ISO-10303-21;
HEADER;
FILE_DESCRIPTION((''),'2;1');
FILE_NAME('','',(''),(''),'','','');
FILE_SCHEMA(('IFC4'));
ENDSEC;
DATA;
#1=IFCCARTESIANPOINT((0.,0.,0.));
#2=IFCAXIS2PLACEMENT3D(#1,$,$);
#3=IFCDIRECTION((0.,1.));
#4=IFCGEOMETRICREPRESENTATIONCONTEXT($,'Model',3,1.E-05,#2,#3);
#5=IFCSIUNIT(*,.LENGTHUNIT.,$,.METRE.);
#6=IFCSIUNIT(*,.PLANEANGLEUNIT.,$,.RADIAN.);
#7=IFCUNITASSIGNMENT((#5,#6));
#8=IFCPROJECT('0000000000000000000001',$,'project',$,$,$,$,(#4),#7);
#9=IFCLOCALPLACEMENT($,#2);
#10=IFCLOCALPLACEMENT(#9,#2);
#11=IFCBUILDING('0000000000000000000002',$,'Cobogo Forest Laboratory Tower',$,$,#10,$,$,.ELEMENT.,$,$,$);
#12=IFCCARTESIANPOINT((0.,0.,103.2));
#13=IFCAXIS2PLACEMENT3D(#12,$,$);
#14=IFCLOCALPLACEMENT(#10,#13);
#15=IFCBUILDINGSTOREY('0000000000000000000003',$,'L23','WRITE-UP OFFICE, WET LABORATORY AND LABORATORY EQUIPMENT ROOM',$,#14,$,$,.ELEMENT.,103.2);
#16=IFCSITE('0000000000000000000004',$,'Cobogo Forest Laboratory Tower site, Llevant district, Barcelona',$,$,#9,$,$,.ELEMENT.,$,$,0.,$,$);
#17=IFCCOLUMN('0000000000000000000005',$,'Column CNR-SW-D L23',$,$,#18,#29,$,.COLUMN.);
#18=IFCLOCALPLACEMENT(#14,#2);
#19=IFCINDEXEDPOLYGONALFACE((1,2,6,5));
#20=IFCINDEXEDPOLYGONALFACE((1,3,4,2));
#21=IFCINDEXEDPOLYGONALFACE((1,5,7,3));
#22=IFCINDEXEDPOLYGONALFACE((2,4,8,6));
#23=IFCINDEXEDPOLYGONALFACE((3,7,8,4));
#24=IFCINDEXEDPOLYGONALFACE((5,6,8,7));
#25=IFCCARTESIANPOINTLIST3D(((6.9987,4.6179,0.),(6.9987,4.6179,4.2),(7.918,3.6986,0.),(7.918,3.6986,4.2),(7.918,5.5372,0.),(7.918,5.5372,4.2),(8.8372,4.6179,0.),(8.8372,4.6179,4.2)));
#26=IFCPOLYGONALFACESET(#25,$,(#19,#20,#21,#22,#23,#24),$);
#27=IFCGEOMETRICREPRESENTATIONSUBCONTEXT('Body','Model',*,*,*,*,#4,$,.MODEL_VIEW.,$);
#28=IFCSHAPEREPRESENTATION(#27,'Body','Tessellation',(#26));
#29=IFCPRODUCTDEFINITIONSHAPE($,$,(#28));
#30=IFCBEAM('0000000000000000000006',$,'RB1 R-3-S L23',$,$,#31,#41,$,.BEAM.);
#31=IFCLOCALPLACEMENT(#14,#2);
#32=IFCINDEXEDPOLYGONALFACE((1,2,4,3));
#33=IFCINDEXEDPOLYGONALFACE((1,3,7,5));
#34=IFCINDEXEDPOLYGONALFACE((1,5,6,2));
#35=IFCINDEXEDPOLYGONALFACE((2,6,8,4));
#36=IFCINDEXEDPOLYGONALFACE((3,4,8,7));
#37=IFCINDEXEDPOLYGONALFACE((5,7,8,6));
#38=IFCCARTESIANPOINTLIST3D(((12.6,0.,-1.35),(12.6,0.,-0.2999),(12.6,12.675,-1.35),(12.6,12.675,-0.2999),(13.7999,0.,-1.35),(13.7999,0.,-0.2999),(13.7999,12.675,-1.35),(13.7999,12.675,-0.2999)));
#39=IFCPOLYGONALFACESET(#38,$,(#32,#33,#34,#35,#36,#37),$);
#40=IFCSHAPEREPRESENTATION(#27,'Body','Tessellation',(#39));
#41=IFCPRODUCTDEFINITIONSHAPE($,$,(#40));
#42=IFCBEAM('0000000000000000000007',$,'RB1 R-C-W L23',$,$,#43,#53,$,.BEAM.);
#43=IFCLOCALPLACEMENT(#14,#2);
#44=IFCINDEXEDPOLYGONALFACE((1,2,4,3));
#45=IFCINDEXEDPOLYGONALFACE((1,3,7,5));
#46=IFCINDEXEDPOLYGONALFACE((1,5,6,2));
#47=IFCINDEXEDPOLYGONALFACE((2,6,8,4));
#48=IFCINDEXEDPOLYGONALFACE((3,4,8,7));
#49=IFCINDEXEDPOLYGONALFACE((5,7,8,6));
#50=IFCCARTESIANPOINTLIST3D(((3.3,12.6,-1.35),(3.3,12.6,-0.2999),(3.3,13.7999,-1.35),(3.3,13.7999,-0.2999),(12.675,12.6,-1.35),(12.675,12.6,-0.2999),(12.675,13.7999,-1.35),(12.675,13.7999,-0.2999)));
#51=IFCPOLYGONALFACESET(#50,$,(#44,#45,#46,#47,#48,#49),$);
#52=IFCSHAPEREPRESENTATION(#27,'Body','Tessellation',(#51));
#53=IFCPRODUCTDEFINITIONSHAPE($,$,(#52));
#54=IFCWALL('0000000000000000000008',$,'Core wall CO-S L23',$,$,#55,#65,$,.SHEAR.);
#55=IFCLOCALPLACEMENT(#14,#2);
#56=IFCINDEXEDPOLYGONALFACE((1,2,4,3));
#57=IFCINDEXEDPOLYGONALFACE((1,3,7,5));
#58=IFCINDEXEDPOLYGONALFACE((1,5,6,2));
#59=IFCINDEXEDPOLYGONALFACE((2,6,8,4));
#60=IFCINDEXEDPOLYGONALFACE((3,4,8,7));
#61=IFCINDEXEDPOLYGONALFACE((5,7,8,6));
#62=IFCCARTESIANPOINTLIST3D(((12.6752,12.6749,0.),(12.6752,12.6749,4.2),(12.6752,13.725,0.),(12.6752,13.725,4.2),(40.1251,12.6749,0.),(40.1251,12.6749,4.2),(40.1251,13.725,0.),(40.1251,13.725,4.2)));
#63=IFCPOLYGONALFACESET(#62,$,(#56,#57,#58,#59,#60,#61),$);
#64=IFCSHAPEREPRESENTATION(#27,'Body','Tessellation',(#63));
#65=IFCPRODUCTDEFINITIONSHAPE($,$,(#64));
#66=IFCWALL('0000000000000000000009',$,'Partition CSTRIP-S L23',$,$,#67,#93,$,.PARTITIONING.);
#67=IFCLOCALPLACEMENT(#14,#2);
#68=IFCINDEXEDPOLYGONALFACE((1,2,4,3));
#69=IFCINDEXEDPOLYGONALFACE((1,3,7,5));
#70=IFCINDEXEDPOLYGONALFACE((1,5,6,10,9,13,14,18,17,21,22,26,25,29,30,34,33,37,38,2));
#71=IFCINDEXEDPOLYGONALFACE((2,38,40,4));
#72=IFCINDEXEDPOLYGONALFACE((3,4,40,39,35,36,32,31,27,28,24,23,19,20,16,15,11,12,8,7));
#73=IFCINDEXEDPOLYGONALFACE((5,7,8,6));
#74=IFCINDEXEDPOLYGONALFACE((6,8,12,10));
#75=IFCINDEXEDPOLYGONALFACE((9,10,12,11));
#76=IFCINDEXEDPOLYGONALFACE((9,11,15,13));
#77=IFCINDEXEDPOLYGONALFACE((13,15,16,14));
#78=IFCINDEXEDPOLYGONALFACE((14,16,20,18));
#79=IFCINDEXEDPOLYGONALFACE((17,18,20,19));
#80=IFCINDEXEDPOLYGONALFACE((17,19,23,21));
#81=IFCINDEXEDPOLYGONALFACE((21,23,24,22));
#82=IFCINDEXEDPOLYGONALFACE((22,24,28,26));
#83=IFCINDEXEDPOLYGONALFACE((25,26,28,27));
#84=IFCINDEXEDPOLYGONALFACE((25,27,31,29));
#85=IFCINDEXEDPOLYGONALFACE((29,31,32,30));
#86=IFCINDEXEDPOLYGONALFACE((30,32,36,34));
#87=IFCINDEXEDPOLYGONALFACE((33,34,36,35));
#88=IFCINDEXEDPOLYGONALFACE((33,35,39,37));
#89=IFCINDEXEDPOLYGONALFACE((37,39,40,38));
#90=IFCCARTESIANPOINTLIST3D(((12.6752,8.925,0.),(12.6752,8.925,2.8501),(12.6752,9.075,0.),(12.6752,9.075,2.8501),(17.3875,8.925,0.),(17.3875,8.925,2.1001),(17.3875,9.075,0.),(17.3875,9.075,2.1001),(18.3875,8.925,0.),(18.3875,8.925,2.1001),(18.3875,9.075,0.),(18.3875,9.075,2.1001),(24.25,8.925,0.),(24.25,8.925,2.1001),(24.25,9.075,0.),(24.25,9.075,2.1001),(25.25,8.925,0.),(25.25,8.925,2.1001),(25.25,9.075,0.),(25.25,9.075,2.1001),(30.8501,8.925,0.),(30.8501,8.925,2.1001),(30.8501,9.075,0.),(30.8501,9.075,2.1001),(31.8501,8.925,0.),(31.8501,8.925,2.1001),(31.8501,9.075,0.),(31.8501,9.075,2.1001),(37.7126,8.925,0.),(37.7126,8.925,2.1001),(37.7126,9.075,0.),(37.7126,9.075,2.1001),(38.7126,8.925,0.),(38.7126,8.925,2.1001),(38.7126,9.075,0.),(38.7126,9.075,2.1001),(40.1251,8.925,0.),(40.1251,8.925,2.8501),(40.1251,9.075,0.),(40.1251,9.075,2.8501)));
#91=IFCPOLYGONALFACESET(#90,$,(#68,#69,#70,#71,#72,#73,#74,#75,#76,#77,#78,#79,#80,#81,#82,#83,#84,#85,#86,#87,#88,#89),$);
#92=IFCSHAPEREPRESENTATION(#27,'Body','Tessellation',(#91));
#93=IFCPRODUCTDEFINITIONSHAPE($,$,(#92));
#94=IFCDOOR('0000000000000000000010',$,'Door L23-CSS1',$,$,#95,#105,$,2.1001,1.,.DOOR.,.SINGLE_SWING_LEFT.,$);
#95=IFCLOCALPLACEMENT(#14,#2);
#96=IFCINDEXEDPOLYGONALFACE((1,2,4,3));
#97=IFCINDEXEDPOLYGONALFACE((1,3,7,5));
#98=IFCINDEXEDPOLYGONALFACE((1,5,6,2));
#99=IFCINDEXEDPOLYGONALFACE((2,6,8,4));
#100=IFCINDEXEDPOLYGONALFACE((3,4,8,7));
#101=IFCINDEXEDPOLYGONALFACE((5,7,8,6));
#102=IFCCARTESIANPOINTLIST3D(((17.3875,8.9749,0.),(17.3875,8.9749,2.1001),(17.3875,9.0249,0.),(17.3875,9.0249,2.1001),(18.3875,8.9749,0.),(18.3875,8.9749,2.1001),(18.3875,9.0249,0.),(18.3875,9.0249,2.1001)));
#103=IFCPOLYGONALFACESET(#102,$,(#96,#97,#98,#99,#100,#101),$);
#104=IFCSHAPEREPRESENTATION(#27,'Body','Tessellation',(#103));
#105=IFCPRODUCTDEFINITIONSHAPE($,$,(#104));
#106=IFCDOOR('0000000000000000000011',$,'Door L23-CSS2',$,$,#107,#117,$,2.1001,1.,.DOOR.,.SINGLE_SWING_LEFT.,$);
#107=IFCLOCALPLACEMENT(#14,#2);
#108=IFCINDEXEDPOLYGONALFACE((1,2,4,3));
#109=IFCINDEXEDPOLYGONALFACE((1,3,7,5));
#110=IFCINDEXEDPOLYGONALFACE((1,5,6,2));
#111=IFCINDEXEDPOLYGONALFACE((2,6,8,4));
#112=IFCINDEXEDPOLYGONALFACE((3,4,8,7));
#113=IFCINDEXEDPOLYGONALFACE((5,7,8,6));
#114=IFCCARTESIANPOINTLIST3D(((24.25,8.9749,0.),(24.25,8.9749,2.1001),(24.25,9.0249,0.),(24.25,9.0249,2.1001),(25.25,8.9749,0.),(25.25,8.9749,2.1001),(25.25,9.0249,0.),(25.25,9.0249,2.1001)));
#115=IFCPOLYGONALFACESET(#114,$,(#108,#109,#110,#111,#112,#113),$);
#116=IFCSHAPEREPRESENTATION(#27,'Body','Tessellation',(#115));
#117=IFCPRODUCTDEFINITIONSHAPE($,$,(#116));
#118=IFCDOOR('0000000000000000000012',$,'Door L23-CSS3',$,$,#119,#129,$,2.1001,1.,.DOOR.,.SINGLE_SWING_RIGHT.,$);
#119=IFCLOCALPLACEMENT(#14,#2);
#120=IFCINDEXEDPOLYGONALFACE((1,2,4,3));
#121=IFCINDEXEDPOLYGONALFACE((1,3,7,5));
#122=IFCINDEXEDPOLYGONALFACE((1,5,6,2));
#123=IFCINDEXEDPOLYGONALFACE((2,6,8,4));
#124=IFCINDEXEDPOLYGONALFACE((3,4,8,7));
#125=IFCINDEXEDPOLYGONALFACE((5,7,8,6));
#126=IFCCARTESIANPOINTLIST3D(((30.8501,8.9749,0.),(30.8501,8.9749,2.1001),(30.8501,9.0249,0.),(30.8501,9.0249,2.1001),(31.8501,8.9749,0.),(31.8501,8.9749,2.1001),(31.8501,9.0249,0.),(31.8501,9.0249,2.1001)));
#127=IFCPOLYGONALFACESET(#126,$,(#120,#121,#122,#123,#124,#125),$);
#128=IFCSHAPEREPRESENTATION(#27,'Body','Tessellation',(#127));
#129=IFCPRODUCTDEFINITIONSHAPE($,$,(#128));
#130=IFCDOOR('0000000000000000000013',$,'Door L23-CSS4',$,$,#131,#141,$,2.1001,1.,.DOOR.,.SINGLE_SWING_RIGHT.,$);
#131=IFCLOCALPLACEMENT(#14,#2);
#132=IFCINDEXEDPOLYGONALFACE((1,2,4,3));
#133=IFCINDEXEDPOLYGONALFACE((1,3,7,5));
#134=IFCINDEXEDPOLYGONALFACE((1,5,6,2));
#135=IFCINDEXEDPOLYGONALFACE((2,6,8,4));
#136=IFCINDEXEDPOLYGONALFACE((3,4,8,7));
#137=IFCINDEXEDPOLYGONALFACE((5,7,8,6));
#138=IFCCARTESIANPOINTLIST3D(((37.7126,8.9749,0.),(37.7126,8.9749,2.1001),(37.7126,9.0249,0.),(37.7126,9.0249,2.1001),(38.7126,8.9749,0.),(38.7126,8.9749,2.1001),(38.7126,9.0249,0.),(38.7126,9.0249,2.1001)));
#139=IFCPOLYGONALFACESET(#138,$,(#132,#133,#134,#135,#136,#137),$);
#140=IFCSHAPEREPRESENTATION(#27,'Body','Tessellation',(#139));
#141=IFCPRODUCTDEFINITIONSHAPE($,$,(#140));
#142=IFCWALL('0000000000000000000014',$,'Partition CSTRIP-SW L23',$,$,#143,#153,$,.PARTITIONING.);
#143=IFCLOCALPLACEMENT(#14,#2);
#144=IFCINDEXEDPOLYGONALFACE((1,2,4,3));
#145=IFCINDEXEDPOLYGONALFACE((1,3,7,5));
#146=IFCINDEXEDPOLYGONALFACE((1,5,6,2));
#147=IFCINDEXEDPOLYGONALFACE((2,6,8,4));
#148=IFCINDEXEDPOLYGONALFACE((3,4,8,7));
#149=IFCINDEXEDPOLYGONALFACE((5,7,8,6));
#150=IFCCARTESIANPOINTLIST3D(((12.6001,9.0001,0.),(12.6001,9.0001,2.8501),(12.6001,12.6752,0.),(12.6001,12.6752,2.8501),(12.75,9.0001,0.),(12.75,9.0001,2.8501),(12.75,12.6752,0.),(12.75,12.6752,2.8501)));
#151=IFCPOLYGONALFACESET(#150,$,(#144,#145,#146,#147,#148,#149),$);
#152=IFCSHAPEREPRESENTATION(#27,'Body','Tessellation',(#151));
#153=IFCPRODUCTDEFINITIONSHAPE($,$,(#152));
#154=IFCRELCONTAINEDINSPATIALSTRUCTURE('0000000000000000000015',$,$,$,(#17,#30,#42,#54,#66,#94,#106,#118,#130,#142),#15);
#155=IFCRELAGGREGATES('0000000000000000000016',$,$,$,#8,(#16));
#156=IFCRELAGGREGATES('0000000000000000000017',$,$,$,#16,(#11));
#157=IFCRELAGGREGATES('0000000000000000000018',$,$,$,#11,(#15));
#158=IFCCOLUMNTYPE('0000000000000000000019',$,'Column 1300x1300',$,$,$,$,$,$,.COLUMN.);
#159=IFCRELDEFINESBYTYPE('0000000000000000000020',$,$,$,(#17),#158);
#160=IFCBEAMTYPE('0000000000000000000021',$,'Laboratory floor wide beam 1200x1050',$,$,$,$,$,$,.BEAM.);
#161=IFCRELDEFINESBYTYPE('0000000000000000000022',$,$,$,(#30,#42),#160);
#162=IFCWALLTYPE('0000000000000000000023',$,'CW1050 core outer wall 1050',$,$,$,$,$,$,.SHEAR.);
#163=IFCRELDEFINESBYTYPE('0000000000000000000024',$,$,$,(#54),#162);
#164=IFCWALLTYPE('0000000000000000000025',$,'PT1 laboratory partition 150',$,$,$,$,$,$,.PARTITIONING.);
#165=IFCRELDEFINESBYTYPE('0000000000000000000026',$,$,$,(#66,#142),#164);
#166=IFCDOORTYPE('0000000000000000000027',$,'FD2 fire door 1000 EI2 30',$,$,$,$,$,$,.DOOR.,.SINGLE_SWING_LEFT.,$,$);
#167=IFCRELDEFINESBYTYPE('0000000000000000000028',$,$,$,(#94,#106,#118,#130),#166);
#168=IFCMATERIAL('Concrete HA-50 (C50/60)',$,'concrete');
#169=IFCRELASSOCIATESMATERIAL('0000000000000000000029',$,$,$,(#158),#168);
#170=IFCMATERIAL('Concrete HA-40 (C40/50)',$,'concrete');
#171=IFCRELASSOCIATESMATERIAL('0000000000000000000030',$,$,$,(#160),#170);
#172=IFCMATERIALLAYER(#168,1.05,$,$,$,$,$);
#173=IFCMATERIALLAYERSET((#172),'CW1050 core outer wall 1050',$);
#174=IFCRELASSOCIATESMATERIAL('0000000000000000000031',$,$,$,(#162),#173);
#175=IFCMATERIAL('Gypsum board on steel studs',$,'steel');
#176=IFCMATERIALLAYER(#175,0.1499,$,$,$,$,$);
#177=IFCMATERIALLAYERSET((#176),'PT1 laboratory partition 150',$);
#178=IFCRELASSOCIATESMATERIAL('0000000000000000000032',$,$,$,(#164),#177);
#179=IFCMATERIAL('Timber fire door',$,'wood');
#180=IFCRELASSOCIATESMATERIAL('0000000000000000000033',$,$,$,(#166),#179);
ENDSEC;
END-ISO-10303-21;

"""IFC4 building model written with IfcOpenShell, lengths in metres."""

from ifc_helpers import new_model, si_unit, direction, frame, frame_2d, origin, origin_2d, place, context, subcontext, project, spatial, rectangle, extrude, material, layer, layer_set, material_profile, profile_set, type_object, element, fill, save


model = new_model("IFC4")

# Units and contexts
model_context = context("Model", 3, precision=1e-05, world=origin(), true_north=direction((0.0, 1.0)))
body_context = subcontext(model_context, "Body", "Model", "MODEL_VIEW")
ifc_project = project(units=[si_unit("LENGTHUNIT", "METRE"), si_unit("PLANEANGLEUNIT", "RADIAN")], contexts=[model_context])

# Site, building, storey
site_placement = place(None, origin())
site = spatial("IfcSite", under=ifc_project, at=site_placement, Name="Cobogo Forest Laboratory Tower site, Llevant district, Barcelona", CompositionType="ELEMENT", RefElevation=0.0)
building_placement = place(site_placement, origin())
building = spatial("IfcBuilding", under=site, at=building_placement, Name="Cobogo Forest Laboratory Tower", CompositionType="ELEMENT")
storey_placement = place(building_placement, frame((0.0, 0.0, 103.2)))
storey = spatial("IfcBuildingStorey", under=building, at=storey_placement, Name="L23", Description="WRITE-UP OFFICE, WET LABORATORY AND LABORATORY EQUIPMENT ROOM", CompositionType="ELEMENT", Elevation=103.2)

# Column
ifc_material_1 = material(Name="Concrete HA-50 (C50/60)", Category="concrete")
ifc_material_profile_1 = material_profile(ifc_material_1, rectangle(XDim=1.3, YDim=1.3, at=origin_2d()), Name="RC 1300x1300")
ifc_profile_set_1 = profile_set([ifc_material_profile_1], Name="Concrete HA-50 (C50/60)")
column_type = type_object("IfcColumnType", Name="Column 1300x1300", PredefinedType="COLUMN", material=ifc_profile_set_1)
column_placement = place(storey_placement, frame((7.918, 4.6179, 0.0), z_axis=(0.0, 0.0, 1.0), x_axis=(0.707107, 0.707107, 0.0)))
element("IfcColumn", 1, at=column_placement, inside=storey, type_object=column_type, Name="Column CNR-SW-D L23", PredefinedType="COLUMN", context=body_context, shape_type="SweptSolid", body=[
    extrude(rectangle(XDim=1.3, YDim=1.3, at=origin_2d()), origin(), (0.0, 0.0, 1.0), 4.2),
])

# Beams
ifc_material_2 = material(Name="Concrete HA-40 (C40/50)", Category="concrete")
ifc_material_profile_2 = material_profile(ifc_material_2, rectangle(XDim=1.2, YDim=1.05, at=origin_2d()), Name="RC 1200x1050")
ifc_profile_set_2 = profile_set([ifc_material_profile_2], Name="Concrete HA-40 (C40/50)")
beam_type = type_object("IfcBeamType", Name="Laboratory floor wide beam 1200x1050", PredefinedType="BEAM", material=ifc_profile_set_2)
beam_1_placement = place(storey_placement, frame((13.2, 12.675, -0.825), z_axis=(0.0, -1.0, 0.0), x_axis=(1.0, 0.0, 0.0)))
element("IfcBeam", 2, at=beam_1_placement, inside=storey, type_object=beam_type, Name="RB1 R-3-S L23", PredefinedType="BEAM", context=body_context, shape_type="SweptSolid", body=[
    extrude(rectangle(XDim=1.2, YDim=1.05, at=origin_2d()), origin(), (0.0, 0.0, 1.0), 12.675),
])
beam_2_placement = place(storey_placement, frame((12.675, 13.2, -0.825), z_axis=(-1.0, 0.0, 0.0), x_axis=(0.0, -1.0, 0.0)))
element("IfcBeam", 3, at=beam_2_placement, inside=storey, type_object=beam_type, Name="RB1 R-C-W L23", PredefinedType="BEAM", context=body_context, shape_type="SweptSolid", body=[
    extrude(rectangle(XDim=1.2, YDim=1.05, at=origin_2d()), origin(), (0.0, 0.0, 1.0), 9.375),
])

# Wall
ifc_layer_1 = layer(ifc_material_1, 1.05)
ifc_layer_set_1 = layer_set([ifc_layer_1], Name="CW1050 core outer wall 1050")
wall_type_1 = type_object("IfcWallType", Name="CW1050 core outer wall 1050", PredefinedType="SHEAR", material=ifc_layer_set_1)
wall_1_placement = place(storey_placement, frame((12.675, 13.2, 0.0), z_axis=(0.0, 0.0, 1.0), x_axis=(1.0, 0.0, 0.0)))
element("IfcWall", 4, at=wall_1_placement, inside=storey, type_object=wall_type_1, Name="Core wall CO-S L23", PredefinedType="SHEAR", context=body_context, shape_type="SweptSolid", body=[
    extrude(rectangle(XDim=27.45, YDim=1.05, at=frame_2d((13.7251, 0.0))), origin(), (0.0, 0.0, 1.0), 4.2),
])

# Wall, openings, doors
ifc_material_3 = material(Name="Gypsum board on steel studs", Category="steel")
ifc_layer_2 = layer(ifc_material_3, 0.1499)
ifc_layer_set_2 = layer_set([ifc_layer_2], Name="PT1 laboratory partition 150")
wall_type_2 = type_object("IfcWallType", Name="PT1 laboratory partition 150", PredefinedType="PARTITIONING", material=ifc_layer_set_2)
wall_2_placement = place(storey_placement, frame((12.675, 9.0, 0.0), z_axis=(0.0, 0.0, 1.0), x_axis=(1.0, 0.0, 0.0)))
wall_2 = element("IfcWall", 5, at=wall_2_placement, inside=storey, type_object=wall_type_2, Name="Partition CSTRIP-S L23", PredefinedType="PARTITIONING", context=body_context, shape_type="SweptSolid", body=[
    extrude(rectangle(XDim=27.45, YDim=0.1499, at=frame_2d((13.7251, 0.0))), origin(), (0.0, 0.0, 1.0), 2.8501),
])
opening_1_placement = place(wall_2_placement, frame((4.7124, 0.0, 0.0)))
opening_1 = element("IfcOpeningElement", 6, at=opening_1_placement, cuts=wall_2, PredefinedType="OPENING", context=body_context, shape_type="SweptSolid", body=[
    extrude(rectangle(XDim=1.0, YDim=2.1001, at=frame_2d((0.5, 1.05))), frame((0.0, 0.085, 0.0), z_axis=(0.0, -1.0, 0.0), x_axis=(1.0, 0.0, 0.0)), (0.0, 0.0, 1.0), 0.1699),
])
opening_2_placement = place(wall_2_placement, frame((11.575, 0.0, 0.0)))
opening_2 = element("IfcOpeningElement", 7, at=opening_2_placement, cuts=wall_2, PredefinedType="OPENING", context=body_context, shape_type="SweptSolid", body=[
    extrude(rectangle(XDim=1.0, YDim=2.1001, at=frame_2d((0.5, 1.05))), frame((0.0, 0.085, 0.0), z_axis=(0.0, -1.0, 0.0), x_axis=(1.0, 0.0, 0.0)), (0.0, 0.0, 1.0), 0.1699),
])
opening_3_placement = place(wall_2_placement, frame((18.175, 0.0, 0.0)))
opening_3 = element("IfcOpeningElement", 8, at=opening_3_placement, cuts=wall_2, PredefinedType="OPENING", context=body_context, shape_type="SweptSolid", body=[
    extrude(rectangle(XDim=1.0, YDim=2.1001, at=frame_2d((0.5, 1.05))), frame((0.0, 0.085, 0.0), z_axis=(0.0, -1.0, 0.0), x_axis=(1.0, 0.0, 0.0)), (0.0, 0.0, 1.0), 0.1699),
])
opening_4_placement = place(wall_2_placement, frame((25.0376, 0.0, 0.0)))
opening_4 = element("IfcOpeningElement", 9, at=opening_4_placement, cuts=wall_2, PredefinedType="OPENING", context=body_context, shape_type="SweptSolid", body=[
    extrude(rectangle(XDim=1.0, YDim=2.1001, at=frame_2d((0.5, 1.05))), frame((0.0, 0.085, 0.0), z_axis=(0.0, -1.0, 0.0), x_axis=(1.0, 0.0, 0.0)), (0.0, 0.0, 1.0), 0.1699),
])
ifc_material_4 = material(Name="Timber fire door", Category="wood")
door_type_1 = type_object("IfcDoorType", Name="FD2 fire door 1000 EI2 30", OperationType="SINGLE_SWING_LEFT", PredefinedType="DOOR", material=ifc_material_4)
door_1_placement = place(opening_1_placement, origin())
door_1 = element("IfcDoor", 10, at=door_1_placement, inside=storey, type_object=door_type_1, Name="Door L23-CSS1", OperationType="SINGLE_SWING_LEFT", OverallHeight=2.1001, OverallWidth=1.0, PredefinedType="DOOR", context=body_context, shape_type="SweptSolid", body=[
    extrude(rectangle(XDim=1.0, YDim=2.1001, at=frame_2d((0.5, 1.05))), frame((0.0, 0.0249, 0.0), z_axis=(0.0, -1.0, 0.0), x_axis=(1.0, 0.0, 0.0)), (0.0, 0.0, 1.0), 0.05),
])
fill(opening_1, door_1)
door_2_placement = place(opening_2_placement, origin())
door_2 = element("IfcDoor", 11, at=door_2_placement, inside=storey, type_object=door_type_1, Name="Door L23-CSS2", OperationType="SINGLE_SWING_LEFT", OverallHeight=2.1001, OverallWidth=1.0, PredefinedType="DOOR", context=body_context, shape_type="SweptSolid", body=[
    extrude(rectangle(XDim=1.0, YDim=2.1001, at=frame_2d((0.5, 1.05))), frame((0.0, 0.0249, 0.0), z_axis=(0.0, -1.0, 0.0), x_axis=(1.0, 0.0, 0.0)), (0.0, 0.0, 1.0), 0.05),
])
fill(opening_2, door_2)
door_3_placement = place(opening_3_placement, origin())
door_3 = element("IfcDoor", 12, at=door_3_placement, inside=storey, type_object=door_type_1, Name="Door L23-CSS3", OperationType="SINGLE_SWING_RIGHT", OverallHeight=2.1001, OverallWidth=1.0, PredefinedType="DOOR", context=body_context, shape_type="SweptSolid", body=[
    extrude(rectangle(XDim=1.0, YDim=2.1001, at=frame_2d((0.5, 1.05))), frame((0.0, 0.0249, 0.0), z_axis=(0.0, -1.0, 0.0), x_axis=(1.0, 0.0, 0.0)), (0.0, 0.0, 1.0), 0.05),
])
fill(opening_3, door_3)
door_4_placement = place(opening_4_placement, origin())
door_4 = element("IfcDoor", 13, at=door_4_placement, inside=storey, type_object=door_type_1, Name="Door L23-CSS4", OperationType="SINGLE_SWING_RIGHT", OverallHeight=2.1001, OverallWidth=1.0, PredefinedType="DOOR", context=body_context, shape_type="SweptSolid", body=[
    extrude(rectangle(XDim=1.0, YDim=2.1001, at=frame_2d((0.5, 1.05))), frame((0.0, 0.0249, 0.0), z_axis=(0.0, -1.0, 0.0), x_axis=(1.0, 0.0, 0.0)), (0.0, 0.0, 1.0), 0.05),
])
fill(opening_4, door_4)

# Wall
wall_3_placement = place(storey_placement, frame((12.675, 12.675, 0.0), z_axis=(0.0, 0.0, 1.0), x_axis=(0.0, -1.0, 0.0)))
element("IfcWall", 14, at=wall_3_placement, inside=storey, type_object=wall_type_2, Name="Partition CSTRIP-SW L23", PredefinedType="PARTITIONING", context=body_context, shape_type="SweptSolid", body=[
    extrude(rectangle(XDim=3.675, YDim=0.1499, at=frame_2d((1.8374, 0.0))), origin(), (0.0, 0.0, 1.0), 2.8501),
])

save(model, "model.ifc")
